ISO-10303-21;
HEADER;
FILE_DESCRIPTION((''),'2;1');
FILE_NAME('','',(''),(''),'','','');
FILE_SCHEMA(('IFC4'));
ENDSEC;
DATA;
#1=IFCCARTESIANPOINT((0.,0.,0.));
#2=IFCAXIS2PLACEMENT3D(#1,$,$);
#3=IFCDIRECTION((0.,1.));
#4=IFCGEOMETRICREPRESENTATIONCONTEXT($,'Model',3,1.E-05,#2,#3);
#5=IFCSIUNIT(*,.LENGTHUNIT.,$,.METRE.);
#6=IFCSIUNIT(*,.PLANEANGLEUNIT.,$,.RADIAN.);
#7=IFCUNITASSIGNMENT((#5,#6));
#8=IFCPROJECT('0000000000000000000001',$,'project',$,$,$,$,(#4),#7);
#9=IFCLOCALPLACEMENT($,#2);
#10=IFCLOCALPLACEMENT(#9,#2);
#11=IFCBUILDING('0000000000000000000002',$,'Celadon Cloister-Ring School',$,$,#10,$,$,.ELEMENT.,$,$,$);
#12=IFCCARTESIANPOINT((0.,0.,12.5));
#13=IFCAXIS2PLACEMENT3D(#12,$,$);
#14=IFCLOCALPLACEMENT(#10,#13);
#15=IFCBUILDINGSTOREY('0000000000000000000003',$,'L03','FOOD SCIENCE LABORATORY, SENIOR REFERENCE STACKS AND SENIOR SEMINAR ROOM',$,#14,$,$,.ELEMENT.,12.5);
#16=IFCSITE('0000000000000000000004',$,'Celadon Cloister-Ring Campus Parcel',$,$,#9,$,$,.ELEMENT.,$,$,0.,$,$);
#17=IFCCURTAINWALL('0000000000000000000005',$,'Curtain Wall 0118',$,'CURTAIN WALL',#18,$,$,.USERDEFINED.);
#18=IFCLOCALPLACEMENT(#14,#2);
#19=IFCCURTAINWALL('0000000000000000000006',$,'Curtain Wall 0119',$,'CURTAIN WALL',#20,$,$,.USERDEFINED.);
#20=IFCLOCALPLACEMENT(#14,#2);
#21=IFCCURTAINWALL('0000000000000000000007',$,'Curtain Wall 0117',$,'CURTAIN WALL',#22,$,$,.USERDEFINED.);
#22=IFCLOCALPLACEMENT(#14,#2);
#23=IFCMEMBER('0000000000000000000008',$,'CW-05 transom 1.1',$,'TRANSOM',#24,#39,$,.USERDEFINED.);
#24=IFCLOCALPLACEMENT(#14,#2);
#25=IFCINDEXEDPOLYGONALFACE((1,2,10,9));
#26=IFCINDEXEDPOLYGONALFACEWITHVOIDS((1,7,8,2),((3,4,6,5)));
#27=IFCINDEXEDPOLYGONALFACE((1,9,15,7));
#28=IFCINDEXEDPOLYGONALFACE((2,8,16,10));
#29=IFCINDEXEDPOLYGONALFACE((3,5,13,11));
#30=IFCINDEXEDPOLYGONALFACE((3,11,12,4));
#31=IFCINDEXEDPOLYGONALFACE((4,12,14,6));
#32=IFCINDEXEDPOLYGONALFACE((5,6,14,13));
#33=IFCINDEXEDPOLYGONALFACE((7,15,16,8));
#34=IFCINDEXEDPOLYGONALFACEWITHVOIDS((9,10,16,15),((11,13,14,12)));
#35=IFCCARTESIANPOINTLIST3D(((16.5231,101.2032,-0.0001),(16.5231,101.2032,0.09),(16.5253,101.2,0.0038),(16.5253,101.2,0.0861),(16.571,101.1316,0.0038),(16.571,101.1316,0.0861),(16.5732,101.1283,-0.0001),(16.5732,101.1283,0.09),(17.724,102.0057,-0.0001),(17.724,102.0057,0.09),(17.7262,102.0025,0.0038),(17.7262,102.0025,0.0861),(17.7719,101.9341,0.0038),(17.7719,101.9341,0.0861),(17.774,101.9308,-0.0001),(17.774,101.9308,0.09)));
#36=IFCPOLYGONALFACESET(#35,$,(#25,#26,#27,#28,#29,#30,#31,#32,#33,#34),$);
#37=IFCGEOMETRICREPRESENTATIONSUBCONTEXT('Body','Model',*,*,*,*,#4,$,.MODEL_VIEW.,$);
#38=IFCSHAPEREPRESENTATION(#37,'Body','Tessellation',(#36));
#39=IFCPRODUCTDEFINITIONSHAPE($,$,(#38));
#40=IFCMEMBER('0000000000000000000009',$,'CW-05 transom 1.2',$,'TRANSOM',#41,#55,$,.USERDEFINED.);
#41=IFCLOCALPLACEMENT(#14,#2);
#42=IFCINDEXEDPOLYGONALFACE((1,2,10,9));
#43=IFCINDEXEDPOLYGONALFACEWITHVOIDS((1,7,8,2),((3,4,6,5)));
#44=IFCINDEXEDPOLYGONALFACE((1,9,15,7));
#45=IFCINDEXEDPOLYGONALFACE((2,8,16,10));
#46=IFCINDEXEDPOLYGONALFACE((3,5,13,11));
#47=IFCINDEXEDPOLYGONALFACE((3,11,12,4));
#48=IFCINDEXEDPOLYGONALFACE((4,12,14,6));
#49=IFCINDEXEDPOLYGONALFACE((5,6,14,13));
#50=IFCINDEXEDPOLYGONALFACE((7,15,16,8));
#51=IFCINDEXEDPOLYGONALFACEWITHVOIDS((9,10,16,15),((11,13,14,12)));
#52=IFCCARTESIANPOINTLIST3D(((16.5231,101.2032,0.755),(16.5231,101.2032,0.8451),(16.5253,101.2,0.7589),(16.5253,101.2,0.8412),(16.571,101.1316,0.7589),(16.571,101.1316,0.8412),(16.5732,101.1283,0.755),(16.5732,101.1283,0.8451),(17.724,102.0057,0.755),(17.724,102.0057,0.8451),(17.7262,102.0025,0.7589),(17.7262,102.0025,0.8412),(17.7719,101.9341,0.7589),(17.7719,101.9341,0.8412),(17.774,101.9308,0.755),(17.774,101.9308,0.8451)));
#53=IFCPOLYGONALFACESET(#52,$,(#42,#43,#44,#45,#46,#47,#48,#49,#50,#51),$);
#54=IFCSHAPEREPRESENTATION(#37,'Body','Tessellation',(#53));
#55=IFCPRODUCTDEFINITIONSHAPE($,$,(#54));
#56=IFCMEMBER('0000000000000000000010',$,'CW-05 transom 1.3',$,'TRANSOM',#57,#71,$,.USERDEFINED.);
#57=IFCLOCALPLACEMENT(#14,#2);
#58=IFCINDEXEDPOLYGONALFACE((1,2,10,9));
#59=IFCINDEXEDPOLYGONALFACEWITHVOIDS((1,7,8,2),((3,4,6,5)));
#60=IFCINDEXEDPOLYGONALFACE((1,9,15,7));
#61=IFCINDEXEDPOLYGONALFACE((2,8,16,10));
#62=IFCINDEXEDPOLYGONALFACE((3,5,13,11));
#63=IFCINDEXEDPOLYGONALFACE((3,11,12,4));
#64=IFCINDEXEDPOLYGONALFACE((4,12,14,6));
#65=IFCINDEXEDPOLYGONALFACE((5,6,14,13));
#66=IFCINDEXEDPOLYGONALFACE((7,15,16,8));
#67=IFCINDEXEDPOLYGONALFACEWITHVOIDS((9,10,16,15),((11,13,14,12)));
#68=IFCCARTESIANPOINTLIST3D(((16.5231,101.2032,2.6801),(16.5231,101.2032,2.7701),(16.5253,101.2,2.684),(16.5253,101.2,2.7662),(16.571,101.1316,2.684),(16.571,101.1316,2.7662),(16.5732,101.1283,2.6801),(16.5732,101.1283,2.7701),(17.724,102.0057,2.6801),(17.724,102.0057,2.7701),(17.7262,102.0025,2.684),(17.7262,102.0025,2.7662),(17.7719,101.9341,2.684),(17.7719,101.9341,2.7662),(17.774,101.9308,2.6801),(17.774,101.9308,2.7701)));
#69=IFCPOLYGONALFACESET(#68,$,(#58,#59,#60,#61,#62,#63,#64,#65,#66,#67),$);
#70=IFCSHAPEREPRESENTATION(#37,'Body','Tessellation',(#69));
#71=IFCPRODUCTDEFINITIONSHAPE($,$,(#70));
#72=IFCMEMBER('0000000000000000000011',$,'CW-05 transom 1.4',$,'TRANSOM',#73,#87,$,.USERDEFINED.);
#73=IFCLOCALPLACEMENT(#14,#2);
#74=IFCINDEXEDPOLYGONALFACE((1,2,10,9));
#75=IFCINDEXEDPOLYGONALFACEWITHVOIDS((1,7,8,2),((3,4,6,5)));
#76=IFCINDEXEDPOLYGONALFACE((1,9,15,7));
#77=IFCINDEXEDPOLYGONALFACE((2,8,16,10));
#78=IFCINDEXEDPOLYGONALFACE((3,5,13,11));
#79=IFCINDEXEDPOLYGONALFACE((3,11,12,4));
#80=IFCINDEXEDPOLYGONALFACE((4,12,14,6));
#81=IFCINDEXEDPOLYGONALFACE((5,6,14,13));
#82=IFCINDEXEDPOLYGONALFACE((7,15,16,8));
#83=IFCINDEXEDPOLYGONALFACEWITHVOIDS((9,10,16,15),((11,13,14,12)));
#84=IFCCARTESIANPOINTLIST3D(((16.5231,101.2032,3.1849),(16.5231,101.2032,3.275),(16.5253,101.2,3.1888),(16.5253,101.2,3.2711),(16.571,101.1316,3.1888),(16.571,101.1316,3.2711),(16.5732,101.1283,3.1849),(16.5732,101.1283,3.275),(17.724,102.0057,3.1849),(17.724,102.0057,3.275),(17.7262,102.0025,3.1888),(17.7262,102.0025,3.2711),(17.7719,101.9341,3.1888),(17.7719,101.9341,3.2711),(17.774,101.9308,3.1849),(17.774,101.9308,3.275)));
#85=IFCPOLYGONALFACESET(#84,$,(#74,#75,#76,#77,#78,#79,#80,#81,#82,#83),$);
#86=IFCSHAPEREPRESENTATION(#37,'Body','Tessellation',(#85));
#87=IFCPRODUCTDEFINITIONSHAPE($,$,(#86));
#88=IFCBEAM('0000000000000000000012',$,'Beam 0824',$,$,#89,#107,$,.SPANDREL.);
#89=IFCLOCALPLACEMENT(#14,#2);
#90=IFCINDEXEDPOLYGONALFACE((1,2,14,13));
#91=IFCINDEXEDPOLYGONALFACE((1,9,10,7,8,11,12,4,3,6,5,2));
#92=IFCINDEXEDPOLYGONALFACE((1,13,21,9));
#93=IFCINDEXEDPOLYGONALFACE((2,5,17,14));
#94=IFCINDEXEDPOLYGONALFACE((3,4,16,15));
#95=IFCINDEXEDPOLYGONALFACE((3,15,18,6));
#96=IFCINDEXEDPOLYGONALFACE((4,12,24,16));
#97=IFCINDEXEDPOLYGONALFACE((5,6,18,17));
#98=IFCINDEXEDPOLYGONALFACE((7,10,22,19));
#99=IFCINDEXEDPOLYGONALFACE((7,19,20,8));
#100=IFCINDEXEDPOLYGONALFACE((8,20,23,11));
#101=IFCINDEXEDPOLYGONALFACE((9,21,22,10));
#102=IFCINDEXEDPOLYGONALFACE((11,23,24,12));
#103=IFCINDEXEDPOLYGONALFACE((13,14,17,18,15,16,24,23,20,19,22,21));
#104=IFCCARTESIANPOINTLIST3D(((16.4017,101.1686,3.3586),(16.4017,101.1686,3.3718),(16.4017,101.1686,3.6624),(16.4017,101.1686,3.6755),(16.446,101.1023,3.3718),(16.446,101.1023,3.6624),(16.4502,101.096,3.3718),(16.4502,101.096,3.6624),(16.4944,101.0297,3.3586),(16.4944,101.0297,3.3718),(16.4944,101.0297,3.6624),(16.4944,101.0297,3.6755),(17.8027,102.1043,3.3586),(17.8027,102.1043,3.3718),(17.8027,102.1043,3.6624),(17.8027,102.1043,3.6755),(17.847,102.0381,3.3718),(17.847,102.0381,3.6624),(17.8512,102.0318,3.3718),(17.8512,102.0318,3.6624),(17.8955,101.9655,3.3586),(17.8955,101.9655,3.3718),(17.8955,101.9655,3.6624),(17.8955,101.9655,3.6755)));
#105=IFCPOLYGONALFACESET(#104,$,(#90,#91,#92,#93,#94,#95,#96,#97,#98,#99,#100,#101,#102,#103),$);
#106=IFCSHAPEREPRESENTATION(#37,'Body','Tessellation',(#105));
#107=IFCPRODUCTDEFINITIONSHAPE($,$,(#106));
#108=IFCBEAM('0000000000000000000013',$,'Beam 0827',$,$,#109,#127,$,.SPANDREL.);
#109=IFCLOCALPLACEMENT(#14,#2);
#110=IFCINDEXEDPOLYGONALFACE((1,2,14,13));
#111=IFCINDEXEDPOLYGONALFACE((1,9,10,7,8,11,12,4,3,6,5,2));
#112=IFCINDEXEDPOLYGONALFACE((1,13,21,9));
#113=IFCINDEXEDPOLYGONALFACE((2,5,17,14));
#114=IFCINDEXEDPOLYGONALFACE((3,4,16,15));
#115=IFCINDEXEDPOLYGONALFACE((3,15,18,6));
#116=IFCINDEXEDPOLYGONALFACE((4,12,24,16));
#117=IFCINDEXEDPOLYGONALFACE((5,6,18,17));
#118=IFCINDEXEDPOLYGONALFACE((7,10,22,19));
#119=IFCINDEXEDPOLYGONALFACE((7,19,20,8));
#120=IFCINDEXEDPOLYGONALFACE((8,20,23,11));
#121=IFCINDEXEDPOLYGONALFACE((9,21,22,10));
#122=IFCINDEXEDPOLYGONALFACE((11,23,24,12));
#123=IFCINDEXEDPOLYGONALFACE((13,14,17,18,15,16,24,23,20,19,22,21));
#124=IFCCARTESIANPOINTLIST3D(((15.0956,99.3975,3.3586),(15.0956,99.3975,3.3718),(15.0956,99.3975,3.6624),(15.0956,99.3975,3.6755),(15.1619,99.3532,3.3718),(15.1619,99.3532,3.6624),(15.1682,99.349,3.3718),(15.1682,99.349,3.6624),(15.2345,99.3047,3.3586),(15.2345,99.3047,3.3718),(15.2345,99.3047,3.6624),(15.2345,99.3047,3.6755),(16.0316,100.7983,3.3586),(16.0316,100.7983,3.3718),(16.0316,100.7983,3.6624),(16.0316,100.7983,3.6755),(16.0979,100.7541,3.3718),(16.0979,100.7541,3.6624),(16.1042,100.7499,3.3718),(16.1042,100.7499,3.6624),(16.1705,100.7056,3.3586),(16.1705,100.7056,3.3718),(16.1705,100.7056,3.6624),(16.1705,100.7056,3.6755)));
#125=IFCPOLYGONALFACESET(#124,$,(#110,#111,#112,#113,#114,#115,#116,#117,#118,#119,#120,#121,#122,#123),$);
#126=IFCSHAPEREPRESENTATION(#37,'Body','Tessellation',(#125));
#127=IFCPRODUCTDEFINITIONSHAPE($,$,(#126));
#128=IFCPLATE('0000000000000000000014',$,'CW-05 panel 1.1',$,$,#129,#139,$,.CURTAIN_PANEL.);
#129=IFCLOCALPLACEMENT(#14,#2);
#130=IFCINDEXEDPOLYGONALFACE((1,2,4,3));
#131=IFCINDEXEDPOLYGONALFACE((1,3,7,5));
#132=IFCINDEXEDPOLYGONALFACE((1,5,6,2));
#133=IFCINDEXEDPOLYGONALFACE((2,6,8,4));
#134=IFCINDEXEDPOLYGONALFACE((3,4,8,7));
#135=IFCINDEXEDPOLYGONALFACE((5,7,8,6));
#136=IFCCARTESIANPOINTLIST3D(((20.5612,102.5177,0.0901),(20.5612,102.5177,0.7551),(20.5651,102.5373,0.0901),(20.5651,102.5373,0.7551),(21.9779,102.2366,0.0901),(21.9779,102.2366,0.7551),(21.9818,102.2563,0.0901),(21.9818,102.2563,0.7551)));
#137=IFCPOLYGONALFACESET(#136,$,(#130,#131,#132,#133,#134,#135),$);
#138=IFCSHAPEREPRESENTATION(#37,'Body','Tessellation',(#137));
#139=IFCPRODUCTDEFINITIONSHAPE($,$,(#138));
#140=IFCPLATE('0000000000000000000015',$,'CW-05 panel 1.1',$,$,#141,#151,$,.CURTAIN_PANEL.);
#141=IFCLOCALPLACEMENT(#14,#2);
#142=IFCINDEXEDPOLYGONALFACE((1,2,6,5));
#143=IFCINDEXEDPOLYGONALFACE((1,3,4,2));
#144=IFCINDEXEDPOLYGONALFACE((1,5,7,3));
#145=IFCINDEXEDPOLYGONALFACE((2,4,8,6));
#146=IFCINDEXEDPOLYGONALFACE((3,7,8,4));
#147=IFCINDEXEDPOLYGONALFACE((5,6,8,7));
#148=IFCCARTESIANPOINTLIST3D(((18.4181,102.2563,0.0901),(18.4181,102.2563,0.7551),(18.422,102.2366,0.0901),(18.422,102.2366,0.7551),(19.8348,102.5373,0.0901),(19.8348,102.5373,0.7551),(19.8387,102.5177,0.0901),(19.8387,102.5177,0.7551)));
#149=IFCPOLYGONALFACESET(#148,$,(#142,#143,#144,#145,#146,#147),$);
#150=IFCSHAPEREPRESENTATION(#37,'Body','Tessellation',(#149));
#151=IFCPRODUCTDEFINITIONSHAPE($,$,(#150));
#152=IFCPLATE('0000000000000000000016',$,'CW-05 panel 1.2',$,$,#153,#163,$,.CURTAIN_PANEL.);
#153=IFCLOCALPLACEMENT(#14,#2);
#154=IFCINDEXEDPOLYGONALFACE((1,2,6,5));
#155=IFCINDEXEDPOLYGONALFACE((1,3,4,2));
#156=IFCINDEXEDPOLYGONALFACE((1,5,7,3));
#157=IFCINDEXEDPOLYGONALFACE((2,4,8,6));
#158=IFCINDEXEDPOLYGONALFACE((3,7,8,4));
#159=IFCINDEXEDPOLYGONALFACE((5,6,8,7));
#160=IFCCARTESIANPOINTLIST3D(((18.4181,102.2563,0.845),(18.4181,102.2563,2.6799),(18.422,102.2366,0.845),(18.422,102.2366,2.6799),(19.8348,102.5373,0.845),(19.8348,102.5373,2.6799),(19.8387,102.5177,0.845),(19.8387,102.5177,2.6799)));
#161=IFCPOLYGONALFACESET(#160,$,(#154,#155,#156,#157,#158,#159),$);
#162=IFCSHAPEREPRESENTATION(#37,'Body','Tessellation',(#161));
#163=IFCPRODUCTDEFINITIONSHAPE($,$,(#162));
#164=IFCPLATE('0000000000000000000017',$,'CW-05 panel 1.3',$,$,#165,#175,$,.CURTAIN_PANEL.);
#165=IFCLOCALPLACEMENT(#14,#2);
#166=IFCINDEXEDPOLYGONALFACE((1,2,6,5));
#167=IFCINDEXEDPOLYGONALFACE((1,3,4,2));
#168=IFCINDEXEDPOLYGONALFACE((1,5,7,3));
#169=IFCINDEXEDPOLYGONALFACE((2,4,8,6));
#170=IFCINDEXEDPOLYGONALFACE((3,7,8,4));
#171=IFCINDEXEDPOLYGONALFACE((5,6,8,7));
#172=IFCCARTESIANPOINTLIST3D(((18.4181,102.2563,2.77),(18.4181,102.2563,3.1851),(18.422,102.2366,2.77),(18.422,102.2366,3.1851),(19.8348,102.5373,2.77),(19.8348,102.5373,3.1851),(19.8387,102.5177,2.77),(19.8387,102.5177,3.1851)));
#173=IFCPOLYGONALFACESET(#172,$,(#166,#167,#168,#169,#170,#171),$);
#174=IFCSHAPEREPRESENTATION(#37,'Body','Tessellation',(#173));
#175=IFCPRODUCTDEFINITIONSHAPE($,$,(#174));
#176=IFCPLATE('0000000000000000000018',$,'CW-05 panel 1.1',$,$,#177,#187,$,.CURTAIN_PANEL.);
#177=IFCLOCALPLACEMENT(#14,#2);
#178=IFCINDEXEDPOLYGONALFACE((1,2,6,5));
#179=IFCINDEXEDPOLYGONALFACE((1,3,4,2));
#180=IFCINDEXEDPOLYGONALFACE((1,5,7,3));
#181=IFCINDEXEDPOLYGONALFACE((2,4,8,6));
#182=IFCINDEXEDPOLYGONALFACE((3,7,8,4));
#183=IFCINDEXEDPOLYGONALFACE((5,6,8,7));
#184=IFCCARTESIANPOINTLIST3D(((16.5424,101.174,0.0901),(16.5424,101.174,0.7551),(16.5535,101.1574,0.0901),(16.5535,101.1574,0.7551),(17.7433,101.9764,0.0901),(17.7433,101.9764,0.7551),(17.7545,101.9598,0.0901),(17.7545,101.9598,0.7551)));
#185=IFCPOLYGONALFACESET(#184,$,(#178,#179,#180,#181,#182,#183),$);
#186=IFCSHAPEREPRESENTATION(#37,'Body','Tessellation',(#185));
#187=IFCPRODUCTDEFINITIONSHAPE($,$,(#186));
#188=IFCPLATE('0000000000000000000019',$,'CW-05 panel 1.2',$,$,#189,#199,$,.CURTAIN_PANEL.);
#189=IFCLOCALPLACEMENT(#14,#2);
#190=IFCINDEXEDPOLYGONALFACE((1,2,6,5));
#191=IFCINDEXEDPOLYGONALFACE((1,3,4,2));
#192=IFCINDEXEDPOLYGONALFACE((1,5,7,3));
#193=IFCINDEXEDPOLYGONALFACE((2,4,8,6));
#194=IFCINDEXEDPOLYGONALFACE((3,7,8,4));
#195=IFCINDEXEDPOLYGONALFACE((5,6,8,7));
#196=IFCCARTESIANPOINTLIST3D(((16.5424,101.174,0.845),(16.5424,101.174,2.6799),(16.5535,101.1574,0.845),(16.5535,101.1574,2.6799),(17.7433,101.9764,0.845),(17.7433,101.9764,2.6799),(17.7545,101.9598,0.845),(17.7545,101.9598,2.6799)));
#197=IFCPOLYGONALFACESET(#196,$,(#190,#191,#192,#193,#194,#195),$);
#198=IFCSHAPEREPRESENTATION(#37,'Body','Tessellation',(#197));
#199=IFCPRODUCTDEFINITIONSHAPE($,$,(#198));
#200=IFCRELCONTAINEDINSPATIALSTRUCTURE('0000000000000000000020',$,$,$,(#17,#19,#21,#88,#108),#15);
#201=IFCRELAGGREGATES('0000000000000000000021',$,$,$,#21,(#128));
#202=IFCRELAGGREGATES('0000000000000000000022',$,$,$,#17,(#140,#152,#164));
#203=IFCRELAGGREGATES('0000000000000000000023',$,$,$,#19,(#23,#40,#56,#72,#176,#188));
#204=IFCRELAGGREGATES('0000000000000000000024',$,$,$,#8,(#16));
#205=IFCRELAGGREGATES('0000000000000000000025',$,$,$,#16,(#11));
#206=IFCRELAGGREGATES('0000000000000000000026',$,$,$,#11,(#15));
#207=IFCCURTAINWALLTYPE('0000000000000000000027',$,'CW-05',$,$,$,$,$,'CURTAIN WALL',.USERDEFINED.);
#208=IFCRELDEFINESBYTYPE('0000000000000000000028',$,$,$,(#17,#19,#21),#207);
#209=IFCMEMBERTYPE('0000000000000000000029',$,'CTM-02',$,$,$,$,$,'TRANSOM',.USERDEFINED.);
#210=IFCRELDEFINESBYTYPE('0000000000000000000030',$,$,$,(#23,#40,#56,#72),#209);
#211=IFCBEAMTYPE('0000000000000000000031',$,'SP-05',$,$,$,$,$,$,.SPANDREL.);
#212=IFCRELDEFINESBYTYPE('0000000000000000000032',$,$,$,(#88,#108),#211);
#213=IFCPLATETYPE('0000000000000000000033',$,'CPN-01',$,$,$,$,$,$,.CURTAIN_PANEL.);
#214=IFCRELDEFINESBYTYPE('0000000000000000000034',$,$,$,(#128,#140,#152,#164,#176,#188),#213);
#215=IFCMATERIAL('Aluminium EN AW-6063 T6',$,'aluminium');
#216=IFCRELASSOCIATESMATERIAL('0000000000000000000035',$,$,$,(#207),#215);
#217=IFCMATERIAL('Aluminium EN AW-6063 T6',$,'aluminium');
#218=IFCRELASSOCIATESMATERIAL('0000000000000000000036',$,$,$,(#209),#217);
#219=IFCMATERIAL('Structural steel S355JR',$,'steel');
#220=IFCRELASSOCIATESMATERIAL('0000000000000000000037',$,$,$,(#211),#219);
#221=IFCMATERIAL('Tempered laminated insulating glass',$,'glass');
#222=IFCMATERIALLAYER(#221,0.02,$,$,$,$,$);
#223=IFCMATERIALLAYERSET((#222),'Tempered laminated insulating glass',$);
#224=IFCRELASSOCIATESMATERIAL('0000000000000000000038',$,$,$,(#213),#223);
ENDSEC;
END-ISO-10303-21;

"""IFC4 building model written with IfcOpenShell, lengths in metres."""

from ifc_helpers import new_model, si_unit, direction, frame, origin, origin_2d, place, context, subcontext, project, spatial, rectangle, hollow_rectangle, i_section, extrude, material, layer, layer_set, material_profile, profile_set, type_object, element, aggregate, save


model = new_model("IFC4")

# Units and contexts
model_context = context("Model", 3, precision=1e-05, world=origin(), true_north=direction((0.0, 1.0)))
body_context = subcontext(model_context, "Body", "Model", "MODEL_VIEW")
ifc_project = project(units=[si_unit("LENGTHUNIT", "METRE"), si_unit("PLANEANGLEUNIT", "RADIAN")], contexts=[model_context])

# Site, building, storey
site_placement = place(None, origin())
site = spatial("IfcSite", under=ifc_project, at=site_placement, Name="Celadon Cloister-Ring Campus Parcel", CompositionType="ELEMENT", RefElevation=0.0)
building_placement = place(site_placement, origin())
building = spatial("IfcBuilding", under=site, at=building_placement, Name="Celadon Cloister-Ring School", CompositionType="ELEMENT")
storey_placement = place(building_placement, frame((0.0, 0.0, 12.5)))
storey = spatial("IfcBuildingStorey", under=building, at=storey_placement, Name="L03", Description="FOOD SCIENCE LABORATORY, SENIOR REFERENCE STACKS AND SENIOR SEMINAR ROOM", CompositionType="ELEMENT", Elevation=12.5)

# Curtain wall
ifc_material_1 = material(Name="Aluminium EN AW-6063 T6", Category="aluminium")
curtain_wall_type = type_object("IfcCurtainWallType", Name="CW-05", ElementType="CURTAIN WALL", PredefinedType="USERDEFINED", material=ifc_material_1)
curtain_wall_1_placement = place(storey_placement, origin())
curtain_wall_1 = element("IfcCurtainWall", 1, at=curtain_wall_1_placement, inside=storey, type_object=curtain_wall_type, Name="Curtain Wall 0118", ObjectType="CURTAIN WALL", PredefinedType="USERDEFINED")

# Curtain walls
curtain_wall_2_placement = place(storey_placement, origin())
curtain_wall_2 = element("IfcCurtainWall", 2, at=curtain_wall_2_placement, inside=storey, type_object=curtain_wall_type, Name="Curtain Wall 0119", ObjectType="CURTAIN WALL", PredefinedType="USERDEFINED")
curtain_wall_3_placement = place(storey_placement, origin())
curtain_wall_3 = element("IfcCurtainWall", 3, at=curtain_wall_3_placement, inside=storey, type_object=curtain_wall_type, Name="Curtain Wall 0117", ObjectType="CURTAIN WALL", PredefinedType="USERDEFINED")
ifc_material_2 = material(Name="Aluminium EN AW-6063 T6", Category="aluminium")
ifc_material_profile_1 = material_profile(ifc_material_2, hollow_rectangle(XDim=0.0901, YDim=0.0901, WallThickness=0.0039, at=origin_2d()), Name="RHS90X90X4")
ifc_profile_set_1 = profile_set([ifc_material_profile_1], Name="Aluminium EN AW-6063 T6")
member_type_1 = type_object("IfcMemberType", Name="CTM-02", ElementType="TRANSOM", PredefinedType="USERDEFINED", material=ifc_profile_set_1)

# Members
member_1_placement = place(storey_placement, frame((17.749, 101.9683, 0.0449), z_axis=(-0.831452, -0.555597, 0.0), x_axis=(0.555597, -0.831452, 0.0)))
member_1 = element("IfcMember", 4, at=member_1_placement, type_object=member_type_1, Name="CW-05 transom 1.1", ObjectType="TRANSOM", PredefinedType="USERDEFINED", context=body_context, shape_type="SweptSolid", body=[
    extrude(hollow_rectangle(XDim=0.0901, YDim=0.0901, WallThickness=0.0039, at=origin_2d()), origin(), (0.0, 0.0, 1.0), 1.4443),
])
member_2_placement = place(storey_placement, frame((17.749, 101.9683, 0.8), z_axis=(-0.831452, -0.555597, 0.0), x_axis=(0.555597, -0.831452, 0.0)))
member_2 = element("IfcMember", 5, at=member_2_placement, type_object=member_type_1, Name="CW-05 transom 1.2", ObjectType="TRANSOM", PredefinedType="USERDEFINED", context=body_context, shape_type="SweptSolid", body=[
    extrude(hollow_rectangle(XDim=0.0901, YDim=0.0901, WallThickness=0.0039, at=origin_2d()), origin(), (0.0, 0.0, 1.0), 1.4443),
])
member_3_placement = place(storey_placement, frame((17.749, 101.9683, 2.7251), z_axis=(-0.831452, -0.555597, 0.0), x_axis=(0.555597, -0.831452, 0.0)))
member_3 = element("IfcMember", 6, at=member_3_placement, type_object=member_type_1, Name="CW-05 transom 1.3", ObjectType="TRANSOM", PredefinedType="USERDEFINED", context=body_context, shape_type="SweptSolid", body=[
    extrude(hollow_rectangle(XDim=0.0901, YDim=0.0901, WallThickness=0.0039, at=origin_2d()), origin(), (0.0, 0.0, 1.0), 1.4443),
])
member_4_placement = place(storey_placement, frame((17.749, 101.9683, 3.23), z_axis=(-0.831452, -0.555597, 0.0), x_axis=(0.555597, -0.831452, 0.0)))
member_4 = element("IfcMember", 7, at=member_4_placement, type_object=member_type_1, Name="CW-05 transom 1.4", ObjectType="TRANSOM", PredefinedType="USERDEFINED", context=body_context, shape_type="SweptSolid", body=[
    extrude(hollow_rectangle(XDim=0.0901, YDim=0.0901, WallThickness=0.0039, at=origin_2d()), origin(), (0.0, 0.0, 1.0), 1.4443),
])

# Beams
ifc_material_3 = material(Name="Structural steel S355JR", Category="steel")
ifc_material_profile_2 = material_profile(ifc_material_3, i_section(OverallWidth=0.167, OverallDepth=0.3169, WebThickness=0.0076, FlangeThickness=0.0132, at=origin_2d()), Name="W310X52")
ifc_profile_set_2 = profile_set([ifc_material_profile_2], Name="Structural steel S355JR")
beam_type = type_object("IfcBeamType", Name="SP-05", PredefinedType="SPANDREL", material=ifc_profile_set_2)
for number, where, z_axis, x_axis, name in (
    (8, (17.8491, 102.0349, 3.5171), (-0.831582, -0.555402, 0.0), (0.555402, -0.831582, 0.0), "Beam 0824"),
    (9, (16.1011, 100.752, 3.5171), (-0.555569, -0.83147, 0.0), (0.83147, -0.555569, 0.0), "Beam 0827"),
):
    element("IfcBeam", number, at=place(storey_placement, frame(where, z_axis=z_axis, x_axis=x_axis)), inside=storey, type_object=beam_type, Name=name, PredefinedType="SPANDREL", context=body_context, shape_type="SweptSolid", body=[
        extrude(i_section(OverallWidth=0.167, OverallDepth=0.3169, WebThickness=0.0076, FlangeThickness=0.0132, at=origin_2d()), origin(), (0.0, 0.0, 1.0), 1.6848),
    ])

# Plates
ifc_material_4 = material(Name="Tempered laminated insulating glass", Category="glass")
ifc_layer_1 = layer(ifc_material_4, 0.02)
ifc_layer_set_1 = layer_set([ifc_layer_1], Name="Tempered laminated insulating glass")
plate_type = type_object("IfcPlateType", Name="CPN-01", PredefinedType="CURTAIN_PANEL", material=ifc_layer_set_1)
plate_1_placement = place(storey_placement, frame((21.2715, 102.387, 0.0901), z_axis=(0.0, 0.0, 1.0), x_axis=(-0.980885, 0.194586, 0.0)))
plate_1 = element("IfcPlate", 10, at=plate_1_placement, type_object=plate_type, Name="CW-05 panel 1.1", PredefinedType="CURTAIN_PANEL", context=body_context, shape_type="SweptSolid", body=[
    extrude(rectangle(XDim=1.4443, YDim=0.02, at=origin_2d()), origin(), (0.0, 0.0, 1.0), 0.665),
])
aggregate(curtain_wall_3, [plate_1])
plate_2_placement = place(storey_placement, frame((19.1284, 102.387, 0.0901), z_axis=(0.0, 0.0, 1.0), x_axis=(-0.980885, -0.194586, 0.0)))
plate_2 = element("IfcPlate", 11, at=plate_2_placement, type_object=plate_type, Name="CW-05 panel 1.1", PredefinedType="CURTAIN_PANEL", context=body_context, shape_type="SweptSolid", body=[
    extrude(rectangle(XDim=1.4443, YDim=0.02, at=origin_2d()), origin(), (0.0, 0.0, 1.0), 0.665),
])
plate_3_placement = place(storey_placement, frame((19.1284, 102.387, 0.845), z_axis=(0.0, 0.0, 1.0), x_axis=(-0.980885, -0.194586, 0.0)))
plate_3 = element("IfcPlate", 12, at=plate_3_placement, type_object=plate_type, Name="CW-05 panel 1.2", PredefinedType="CURTAIN_PANEL", context=body_context, shape_type="SweptSolid", body=[
    extrude(rectangle(XDim=1.4443, YDim=0.02, at=origin_2d()), origin(), (0.0, 0.0, 1.0), 1.835),
])
plate_4_placement = place(storey_placement, frame((19.1284, 102.387, 2.77), z_axis=(0.0, 0.0, 1.0), x_axis=(-0.980885, -0.194586, 0.0)))
plate_4 = element("IfcPlate", 13, at=plate_4_placement, type_object=plate_type, Name="CW-05 panel 1.3", PredefinedType="CURTAIN_PANEL", context=body_context, shape_type="SweptSolid", body=[
    extrude(rectangle(XDim=1.4443, YDim=0.02, at=origin_2d()), origin(), (0.0, 0.0, 1.0), 0.415),
])
aggregate(curtain_wall_1, [plate_2, plate_3, plate_4])
plate_5_placement = place(storey_placement, frame((17.1484, 101.5669, 0.0901), z_axis=(0.0, 0.0, 1.0), x_axis=(-0.831485, -0.555547, 0.0)))
plate_5 = element("IfcPlate", 14, at=plate_5_placement, type_object=plate_type, Name="CW-05 panel 1.1", PredefinedType="CURTAIN_PANEL", context=body_context, shape_type="SweptSolid", body=[
    extrude(rectangle(XDim=1.4443, YDim=0.02, at=origin_2d()), origin(), (0.0, 0.0, 1.0), 0.665),
])
plate_6_placement = place(storey_placement, frame((17.1484, 101.5669, 0.845), z_axis=(0.0, 0.0, 1.0), x_axis=(-0.831485, -0.555547, 0.0)))
plate_6 = element("IfcPlate", 15, at=plate_6_placement, type_object=plate_type, Name="CW-05 panel 1.2", PredefinedType="CURTAIN_PANEL", context=body_context, shape_type="SweptSolid", body=[
    extrude(rectangle(XDim=1.4443, YDim=0.02, at=origin_2d()), origin(), (0.0, 0.0, 1.0), 1.835),
])
aggregate(curtain_wall_2, [member_1, member_2, member_3, member_4, plate_5, plate_6])

save(model, "model.ifc")
